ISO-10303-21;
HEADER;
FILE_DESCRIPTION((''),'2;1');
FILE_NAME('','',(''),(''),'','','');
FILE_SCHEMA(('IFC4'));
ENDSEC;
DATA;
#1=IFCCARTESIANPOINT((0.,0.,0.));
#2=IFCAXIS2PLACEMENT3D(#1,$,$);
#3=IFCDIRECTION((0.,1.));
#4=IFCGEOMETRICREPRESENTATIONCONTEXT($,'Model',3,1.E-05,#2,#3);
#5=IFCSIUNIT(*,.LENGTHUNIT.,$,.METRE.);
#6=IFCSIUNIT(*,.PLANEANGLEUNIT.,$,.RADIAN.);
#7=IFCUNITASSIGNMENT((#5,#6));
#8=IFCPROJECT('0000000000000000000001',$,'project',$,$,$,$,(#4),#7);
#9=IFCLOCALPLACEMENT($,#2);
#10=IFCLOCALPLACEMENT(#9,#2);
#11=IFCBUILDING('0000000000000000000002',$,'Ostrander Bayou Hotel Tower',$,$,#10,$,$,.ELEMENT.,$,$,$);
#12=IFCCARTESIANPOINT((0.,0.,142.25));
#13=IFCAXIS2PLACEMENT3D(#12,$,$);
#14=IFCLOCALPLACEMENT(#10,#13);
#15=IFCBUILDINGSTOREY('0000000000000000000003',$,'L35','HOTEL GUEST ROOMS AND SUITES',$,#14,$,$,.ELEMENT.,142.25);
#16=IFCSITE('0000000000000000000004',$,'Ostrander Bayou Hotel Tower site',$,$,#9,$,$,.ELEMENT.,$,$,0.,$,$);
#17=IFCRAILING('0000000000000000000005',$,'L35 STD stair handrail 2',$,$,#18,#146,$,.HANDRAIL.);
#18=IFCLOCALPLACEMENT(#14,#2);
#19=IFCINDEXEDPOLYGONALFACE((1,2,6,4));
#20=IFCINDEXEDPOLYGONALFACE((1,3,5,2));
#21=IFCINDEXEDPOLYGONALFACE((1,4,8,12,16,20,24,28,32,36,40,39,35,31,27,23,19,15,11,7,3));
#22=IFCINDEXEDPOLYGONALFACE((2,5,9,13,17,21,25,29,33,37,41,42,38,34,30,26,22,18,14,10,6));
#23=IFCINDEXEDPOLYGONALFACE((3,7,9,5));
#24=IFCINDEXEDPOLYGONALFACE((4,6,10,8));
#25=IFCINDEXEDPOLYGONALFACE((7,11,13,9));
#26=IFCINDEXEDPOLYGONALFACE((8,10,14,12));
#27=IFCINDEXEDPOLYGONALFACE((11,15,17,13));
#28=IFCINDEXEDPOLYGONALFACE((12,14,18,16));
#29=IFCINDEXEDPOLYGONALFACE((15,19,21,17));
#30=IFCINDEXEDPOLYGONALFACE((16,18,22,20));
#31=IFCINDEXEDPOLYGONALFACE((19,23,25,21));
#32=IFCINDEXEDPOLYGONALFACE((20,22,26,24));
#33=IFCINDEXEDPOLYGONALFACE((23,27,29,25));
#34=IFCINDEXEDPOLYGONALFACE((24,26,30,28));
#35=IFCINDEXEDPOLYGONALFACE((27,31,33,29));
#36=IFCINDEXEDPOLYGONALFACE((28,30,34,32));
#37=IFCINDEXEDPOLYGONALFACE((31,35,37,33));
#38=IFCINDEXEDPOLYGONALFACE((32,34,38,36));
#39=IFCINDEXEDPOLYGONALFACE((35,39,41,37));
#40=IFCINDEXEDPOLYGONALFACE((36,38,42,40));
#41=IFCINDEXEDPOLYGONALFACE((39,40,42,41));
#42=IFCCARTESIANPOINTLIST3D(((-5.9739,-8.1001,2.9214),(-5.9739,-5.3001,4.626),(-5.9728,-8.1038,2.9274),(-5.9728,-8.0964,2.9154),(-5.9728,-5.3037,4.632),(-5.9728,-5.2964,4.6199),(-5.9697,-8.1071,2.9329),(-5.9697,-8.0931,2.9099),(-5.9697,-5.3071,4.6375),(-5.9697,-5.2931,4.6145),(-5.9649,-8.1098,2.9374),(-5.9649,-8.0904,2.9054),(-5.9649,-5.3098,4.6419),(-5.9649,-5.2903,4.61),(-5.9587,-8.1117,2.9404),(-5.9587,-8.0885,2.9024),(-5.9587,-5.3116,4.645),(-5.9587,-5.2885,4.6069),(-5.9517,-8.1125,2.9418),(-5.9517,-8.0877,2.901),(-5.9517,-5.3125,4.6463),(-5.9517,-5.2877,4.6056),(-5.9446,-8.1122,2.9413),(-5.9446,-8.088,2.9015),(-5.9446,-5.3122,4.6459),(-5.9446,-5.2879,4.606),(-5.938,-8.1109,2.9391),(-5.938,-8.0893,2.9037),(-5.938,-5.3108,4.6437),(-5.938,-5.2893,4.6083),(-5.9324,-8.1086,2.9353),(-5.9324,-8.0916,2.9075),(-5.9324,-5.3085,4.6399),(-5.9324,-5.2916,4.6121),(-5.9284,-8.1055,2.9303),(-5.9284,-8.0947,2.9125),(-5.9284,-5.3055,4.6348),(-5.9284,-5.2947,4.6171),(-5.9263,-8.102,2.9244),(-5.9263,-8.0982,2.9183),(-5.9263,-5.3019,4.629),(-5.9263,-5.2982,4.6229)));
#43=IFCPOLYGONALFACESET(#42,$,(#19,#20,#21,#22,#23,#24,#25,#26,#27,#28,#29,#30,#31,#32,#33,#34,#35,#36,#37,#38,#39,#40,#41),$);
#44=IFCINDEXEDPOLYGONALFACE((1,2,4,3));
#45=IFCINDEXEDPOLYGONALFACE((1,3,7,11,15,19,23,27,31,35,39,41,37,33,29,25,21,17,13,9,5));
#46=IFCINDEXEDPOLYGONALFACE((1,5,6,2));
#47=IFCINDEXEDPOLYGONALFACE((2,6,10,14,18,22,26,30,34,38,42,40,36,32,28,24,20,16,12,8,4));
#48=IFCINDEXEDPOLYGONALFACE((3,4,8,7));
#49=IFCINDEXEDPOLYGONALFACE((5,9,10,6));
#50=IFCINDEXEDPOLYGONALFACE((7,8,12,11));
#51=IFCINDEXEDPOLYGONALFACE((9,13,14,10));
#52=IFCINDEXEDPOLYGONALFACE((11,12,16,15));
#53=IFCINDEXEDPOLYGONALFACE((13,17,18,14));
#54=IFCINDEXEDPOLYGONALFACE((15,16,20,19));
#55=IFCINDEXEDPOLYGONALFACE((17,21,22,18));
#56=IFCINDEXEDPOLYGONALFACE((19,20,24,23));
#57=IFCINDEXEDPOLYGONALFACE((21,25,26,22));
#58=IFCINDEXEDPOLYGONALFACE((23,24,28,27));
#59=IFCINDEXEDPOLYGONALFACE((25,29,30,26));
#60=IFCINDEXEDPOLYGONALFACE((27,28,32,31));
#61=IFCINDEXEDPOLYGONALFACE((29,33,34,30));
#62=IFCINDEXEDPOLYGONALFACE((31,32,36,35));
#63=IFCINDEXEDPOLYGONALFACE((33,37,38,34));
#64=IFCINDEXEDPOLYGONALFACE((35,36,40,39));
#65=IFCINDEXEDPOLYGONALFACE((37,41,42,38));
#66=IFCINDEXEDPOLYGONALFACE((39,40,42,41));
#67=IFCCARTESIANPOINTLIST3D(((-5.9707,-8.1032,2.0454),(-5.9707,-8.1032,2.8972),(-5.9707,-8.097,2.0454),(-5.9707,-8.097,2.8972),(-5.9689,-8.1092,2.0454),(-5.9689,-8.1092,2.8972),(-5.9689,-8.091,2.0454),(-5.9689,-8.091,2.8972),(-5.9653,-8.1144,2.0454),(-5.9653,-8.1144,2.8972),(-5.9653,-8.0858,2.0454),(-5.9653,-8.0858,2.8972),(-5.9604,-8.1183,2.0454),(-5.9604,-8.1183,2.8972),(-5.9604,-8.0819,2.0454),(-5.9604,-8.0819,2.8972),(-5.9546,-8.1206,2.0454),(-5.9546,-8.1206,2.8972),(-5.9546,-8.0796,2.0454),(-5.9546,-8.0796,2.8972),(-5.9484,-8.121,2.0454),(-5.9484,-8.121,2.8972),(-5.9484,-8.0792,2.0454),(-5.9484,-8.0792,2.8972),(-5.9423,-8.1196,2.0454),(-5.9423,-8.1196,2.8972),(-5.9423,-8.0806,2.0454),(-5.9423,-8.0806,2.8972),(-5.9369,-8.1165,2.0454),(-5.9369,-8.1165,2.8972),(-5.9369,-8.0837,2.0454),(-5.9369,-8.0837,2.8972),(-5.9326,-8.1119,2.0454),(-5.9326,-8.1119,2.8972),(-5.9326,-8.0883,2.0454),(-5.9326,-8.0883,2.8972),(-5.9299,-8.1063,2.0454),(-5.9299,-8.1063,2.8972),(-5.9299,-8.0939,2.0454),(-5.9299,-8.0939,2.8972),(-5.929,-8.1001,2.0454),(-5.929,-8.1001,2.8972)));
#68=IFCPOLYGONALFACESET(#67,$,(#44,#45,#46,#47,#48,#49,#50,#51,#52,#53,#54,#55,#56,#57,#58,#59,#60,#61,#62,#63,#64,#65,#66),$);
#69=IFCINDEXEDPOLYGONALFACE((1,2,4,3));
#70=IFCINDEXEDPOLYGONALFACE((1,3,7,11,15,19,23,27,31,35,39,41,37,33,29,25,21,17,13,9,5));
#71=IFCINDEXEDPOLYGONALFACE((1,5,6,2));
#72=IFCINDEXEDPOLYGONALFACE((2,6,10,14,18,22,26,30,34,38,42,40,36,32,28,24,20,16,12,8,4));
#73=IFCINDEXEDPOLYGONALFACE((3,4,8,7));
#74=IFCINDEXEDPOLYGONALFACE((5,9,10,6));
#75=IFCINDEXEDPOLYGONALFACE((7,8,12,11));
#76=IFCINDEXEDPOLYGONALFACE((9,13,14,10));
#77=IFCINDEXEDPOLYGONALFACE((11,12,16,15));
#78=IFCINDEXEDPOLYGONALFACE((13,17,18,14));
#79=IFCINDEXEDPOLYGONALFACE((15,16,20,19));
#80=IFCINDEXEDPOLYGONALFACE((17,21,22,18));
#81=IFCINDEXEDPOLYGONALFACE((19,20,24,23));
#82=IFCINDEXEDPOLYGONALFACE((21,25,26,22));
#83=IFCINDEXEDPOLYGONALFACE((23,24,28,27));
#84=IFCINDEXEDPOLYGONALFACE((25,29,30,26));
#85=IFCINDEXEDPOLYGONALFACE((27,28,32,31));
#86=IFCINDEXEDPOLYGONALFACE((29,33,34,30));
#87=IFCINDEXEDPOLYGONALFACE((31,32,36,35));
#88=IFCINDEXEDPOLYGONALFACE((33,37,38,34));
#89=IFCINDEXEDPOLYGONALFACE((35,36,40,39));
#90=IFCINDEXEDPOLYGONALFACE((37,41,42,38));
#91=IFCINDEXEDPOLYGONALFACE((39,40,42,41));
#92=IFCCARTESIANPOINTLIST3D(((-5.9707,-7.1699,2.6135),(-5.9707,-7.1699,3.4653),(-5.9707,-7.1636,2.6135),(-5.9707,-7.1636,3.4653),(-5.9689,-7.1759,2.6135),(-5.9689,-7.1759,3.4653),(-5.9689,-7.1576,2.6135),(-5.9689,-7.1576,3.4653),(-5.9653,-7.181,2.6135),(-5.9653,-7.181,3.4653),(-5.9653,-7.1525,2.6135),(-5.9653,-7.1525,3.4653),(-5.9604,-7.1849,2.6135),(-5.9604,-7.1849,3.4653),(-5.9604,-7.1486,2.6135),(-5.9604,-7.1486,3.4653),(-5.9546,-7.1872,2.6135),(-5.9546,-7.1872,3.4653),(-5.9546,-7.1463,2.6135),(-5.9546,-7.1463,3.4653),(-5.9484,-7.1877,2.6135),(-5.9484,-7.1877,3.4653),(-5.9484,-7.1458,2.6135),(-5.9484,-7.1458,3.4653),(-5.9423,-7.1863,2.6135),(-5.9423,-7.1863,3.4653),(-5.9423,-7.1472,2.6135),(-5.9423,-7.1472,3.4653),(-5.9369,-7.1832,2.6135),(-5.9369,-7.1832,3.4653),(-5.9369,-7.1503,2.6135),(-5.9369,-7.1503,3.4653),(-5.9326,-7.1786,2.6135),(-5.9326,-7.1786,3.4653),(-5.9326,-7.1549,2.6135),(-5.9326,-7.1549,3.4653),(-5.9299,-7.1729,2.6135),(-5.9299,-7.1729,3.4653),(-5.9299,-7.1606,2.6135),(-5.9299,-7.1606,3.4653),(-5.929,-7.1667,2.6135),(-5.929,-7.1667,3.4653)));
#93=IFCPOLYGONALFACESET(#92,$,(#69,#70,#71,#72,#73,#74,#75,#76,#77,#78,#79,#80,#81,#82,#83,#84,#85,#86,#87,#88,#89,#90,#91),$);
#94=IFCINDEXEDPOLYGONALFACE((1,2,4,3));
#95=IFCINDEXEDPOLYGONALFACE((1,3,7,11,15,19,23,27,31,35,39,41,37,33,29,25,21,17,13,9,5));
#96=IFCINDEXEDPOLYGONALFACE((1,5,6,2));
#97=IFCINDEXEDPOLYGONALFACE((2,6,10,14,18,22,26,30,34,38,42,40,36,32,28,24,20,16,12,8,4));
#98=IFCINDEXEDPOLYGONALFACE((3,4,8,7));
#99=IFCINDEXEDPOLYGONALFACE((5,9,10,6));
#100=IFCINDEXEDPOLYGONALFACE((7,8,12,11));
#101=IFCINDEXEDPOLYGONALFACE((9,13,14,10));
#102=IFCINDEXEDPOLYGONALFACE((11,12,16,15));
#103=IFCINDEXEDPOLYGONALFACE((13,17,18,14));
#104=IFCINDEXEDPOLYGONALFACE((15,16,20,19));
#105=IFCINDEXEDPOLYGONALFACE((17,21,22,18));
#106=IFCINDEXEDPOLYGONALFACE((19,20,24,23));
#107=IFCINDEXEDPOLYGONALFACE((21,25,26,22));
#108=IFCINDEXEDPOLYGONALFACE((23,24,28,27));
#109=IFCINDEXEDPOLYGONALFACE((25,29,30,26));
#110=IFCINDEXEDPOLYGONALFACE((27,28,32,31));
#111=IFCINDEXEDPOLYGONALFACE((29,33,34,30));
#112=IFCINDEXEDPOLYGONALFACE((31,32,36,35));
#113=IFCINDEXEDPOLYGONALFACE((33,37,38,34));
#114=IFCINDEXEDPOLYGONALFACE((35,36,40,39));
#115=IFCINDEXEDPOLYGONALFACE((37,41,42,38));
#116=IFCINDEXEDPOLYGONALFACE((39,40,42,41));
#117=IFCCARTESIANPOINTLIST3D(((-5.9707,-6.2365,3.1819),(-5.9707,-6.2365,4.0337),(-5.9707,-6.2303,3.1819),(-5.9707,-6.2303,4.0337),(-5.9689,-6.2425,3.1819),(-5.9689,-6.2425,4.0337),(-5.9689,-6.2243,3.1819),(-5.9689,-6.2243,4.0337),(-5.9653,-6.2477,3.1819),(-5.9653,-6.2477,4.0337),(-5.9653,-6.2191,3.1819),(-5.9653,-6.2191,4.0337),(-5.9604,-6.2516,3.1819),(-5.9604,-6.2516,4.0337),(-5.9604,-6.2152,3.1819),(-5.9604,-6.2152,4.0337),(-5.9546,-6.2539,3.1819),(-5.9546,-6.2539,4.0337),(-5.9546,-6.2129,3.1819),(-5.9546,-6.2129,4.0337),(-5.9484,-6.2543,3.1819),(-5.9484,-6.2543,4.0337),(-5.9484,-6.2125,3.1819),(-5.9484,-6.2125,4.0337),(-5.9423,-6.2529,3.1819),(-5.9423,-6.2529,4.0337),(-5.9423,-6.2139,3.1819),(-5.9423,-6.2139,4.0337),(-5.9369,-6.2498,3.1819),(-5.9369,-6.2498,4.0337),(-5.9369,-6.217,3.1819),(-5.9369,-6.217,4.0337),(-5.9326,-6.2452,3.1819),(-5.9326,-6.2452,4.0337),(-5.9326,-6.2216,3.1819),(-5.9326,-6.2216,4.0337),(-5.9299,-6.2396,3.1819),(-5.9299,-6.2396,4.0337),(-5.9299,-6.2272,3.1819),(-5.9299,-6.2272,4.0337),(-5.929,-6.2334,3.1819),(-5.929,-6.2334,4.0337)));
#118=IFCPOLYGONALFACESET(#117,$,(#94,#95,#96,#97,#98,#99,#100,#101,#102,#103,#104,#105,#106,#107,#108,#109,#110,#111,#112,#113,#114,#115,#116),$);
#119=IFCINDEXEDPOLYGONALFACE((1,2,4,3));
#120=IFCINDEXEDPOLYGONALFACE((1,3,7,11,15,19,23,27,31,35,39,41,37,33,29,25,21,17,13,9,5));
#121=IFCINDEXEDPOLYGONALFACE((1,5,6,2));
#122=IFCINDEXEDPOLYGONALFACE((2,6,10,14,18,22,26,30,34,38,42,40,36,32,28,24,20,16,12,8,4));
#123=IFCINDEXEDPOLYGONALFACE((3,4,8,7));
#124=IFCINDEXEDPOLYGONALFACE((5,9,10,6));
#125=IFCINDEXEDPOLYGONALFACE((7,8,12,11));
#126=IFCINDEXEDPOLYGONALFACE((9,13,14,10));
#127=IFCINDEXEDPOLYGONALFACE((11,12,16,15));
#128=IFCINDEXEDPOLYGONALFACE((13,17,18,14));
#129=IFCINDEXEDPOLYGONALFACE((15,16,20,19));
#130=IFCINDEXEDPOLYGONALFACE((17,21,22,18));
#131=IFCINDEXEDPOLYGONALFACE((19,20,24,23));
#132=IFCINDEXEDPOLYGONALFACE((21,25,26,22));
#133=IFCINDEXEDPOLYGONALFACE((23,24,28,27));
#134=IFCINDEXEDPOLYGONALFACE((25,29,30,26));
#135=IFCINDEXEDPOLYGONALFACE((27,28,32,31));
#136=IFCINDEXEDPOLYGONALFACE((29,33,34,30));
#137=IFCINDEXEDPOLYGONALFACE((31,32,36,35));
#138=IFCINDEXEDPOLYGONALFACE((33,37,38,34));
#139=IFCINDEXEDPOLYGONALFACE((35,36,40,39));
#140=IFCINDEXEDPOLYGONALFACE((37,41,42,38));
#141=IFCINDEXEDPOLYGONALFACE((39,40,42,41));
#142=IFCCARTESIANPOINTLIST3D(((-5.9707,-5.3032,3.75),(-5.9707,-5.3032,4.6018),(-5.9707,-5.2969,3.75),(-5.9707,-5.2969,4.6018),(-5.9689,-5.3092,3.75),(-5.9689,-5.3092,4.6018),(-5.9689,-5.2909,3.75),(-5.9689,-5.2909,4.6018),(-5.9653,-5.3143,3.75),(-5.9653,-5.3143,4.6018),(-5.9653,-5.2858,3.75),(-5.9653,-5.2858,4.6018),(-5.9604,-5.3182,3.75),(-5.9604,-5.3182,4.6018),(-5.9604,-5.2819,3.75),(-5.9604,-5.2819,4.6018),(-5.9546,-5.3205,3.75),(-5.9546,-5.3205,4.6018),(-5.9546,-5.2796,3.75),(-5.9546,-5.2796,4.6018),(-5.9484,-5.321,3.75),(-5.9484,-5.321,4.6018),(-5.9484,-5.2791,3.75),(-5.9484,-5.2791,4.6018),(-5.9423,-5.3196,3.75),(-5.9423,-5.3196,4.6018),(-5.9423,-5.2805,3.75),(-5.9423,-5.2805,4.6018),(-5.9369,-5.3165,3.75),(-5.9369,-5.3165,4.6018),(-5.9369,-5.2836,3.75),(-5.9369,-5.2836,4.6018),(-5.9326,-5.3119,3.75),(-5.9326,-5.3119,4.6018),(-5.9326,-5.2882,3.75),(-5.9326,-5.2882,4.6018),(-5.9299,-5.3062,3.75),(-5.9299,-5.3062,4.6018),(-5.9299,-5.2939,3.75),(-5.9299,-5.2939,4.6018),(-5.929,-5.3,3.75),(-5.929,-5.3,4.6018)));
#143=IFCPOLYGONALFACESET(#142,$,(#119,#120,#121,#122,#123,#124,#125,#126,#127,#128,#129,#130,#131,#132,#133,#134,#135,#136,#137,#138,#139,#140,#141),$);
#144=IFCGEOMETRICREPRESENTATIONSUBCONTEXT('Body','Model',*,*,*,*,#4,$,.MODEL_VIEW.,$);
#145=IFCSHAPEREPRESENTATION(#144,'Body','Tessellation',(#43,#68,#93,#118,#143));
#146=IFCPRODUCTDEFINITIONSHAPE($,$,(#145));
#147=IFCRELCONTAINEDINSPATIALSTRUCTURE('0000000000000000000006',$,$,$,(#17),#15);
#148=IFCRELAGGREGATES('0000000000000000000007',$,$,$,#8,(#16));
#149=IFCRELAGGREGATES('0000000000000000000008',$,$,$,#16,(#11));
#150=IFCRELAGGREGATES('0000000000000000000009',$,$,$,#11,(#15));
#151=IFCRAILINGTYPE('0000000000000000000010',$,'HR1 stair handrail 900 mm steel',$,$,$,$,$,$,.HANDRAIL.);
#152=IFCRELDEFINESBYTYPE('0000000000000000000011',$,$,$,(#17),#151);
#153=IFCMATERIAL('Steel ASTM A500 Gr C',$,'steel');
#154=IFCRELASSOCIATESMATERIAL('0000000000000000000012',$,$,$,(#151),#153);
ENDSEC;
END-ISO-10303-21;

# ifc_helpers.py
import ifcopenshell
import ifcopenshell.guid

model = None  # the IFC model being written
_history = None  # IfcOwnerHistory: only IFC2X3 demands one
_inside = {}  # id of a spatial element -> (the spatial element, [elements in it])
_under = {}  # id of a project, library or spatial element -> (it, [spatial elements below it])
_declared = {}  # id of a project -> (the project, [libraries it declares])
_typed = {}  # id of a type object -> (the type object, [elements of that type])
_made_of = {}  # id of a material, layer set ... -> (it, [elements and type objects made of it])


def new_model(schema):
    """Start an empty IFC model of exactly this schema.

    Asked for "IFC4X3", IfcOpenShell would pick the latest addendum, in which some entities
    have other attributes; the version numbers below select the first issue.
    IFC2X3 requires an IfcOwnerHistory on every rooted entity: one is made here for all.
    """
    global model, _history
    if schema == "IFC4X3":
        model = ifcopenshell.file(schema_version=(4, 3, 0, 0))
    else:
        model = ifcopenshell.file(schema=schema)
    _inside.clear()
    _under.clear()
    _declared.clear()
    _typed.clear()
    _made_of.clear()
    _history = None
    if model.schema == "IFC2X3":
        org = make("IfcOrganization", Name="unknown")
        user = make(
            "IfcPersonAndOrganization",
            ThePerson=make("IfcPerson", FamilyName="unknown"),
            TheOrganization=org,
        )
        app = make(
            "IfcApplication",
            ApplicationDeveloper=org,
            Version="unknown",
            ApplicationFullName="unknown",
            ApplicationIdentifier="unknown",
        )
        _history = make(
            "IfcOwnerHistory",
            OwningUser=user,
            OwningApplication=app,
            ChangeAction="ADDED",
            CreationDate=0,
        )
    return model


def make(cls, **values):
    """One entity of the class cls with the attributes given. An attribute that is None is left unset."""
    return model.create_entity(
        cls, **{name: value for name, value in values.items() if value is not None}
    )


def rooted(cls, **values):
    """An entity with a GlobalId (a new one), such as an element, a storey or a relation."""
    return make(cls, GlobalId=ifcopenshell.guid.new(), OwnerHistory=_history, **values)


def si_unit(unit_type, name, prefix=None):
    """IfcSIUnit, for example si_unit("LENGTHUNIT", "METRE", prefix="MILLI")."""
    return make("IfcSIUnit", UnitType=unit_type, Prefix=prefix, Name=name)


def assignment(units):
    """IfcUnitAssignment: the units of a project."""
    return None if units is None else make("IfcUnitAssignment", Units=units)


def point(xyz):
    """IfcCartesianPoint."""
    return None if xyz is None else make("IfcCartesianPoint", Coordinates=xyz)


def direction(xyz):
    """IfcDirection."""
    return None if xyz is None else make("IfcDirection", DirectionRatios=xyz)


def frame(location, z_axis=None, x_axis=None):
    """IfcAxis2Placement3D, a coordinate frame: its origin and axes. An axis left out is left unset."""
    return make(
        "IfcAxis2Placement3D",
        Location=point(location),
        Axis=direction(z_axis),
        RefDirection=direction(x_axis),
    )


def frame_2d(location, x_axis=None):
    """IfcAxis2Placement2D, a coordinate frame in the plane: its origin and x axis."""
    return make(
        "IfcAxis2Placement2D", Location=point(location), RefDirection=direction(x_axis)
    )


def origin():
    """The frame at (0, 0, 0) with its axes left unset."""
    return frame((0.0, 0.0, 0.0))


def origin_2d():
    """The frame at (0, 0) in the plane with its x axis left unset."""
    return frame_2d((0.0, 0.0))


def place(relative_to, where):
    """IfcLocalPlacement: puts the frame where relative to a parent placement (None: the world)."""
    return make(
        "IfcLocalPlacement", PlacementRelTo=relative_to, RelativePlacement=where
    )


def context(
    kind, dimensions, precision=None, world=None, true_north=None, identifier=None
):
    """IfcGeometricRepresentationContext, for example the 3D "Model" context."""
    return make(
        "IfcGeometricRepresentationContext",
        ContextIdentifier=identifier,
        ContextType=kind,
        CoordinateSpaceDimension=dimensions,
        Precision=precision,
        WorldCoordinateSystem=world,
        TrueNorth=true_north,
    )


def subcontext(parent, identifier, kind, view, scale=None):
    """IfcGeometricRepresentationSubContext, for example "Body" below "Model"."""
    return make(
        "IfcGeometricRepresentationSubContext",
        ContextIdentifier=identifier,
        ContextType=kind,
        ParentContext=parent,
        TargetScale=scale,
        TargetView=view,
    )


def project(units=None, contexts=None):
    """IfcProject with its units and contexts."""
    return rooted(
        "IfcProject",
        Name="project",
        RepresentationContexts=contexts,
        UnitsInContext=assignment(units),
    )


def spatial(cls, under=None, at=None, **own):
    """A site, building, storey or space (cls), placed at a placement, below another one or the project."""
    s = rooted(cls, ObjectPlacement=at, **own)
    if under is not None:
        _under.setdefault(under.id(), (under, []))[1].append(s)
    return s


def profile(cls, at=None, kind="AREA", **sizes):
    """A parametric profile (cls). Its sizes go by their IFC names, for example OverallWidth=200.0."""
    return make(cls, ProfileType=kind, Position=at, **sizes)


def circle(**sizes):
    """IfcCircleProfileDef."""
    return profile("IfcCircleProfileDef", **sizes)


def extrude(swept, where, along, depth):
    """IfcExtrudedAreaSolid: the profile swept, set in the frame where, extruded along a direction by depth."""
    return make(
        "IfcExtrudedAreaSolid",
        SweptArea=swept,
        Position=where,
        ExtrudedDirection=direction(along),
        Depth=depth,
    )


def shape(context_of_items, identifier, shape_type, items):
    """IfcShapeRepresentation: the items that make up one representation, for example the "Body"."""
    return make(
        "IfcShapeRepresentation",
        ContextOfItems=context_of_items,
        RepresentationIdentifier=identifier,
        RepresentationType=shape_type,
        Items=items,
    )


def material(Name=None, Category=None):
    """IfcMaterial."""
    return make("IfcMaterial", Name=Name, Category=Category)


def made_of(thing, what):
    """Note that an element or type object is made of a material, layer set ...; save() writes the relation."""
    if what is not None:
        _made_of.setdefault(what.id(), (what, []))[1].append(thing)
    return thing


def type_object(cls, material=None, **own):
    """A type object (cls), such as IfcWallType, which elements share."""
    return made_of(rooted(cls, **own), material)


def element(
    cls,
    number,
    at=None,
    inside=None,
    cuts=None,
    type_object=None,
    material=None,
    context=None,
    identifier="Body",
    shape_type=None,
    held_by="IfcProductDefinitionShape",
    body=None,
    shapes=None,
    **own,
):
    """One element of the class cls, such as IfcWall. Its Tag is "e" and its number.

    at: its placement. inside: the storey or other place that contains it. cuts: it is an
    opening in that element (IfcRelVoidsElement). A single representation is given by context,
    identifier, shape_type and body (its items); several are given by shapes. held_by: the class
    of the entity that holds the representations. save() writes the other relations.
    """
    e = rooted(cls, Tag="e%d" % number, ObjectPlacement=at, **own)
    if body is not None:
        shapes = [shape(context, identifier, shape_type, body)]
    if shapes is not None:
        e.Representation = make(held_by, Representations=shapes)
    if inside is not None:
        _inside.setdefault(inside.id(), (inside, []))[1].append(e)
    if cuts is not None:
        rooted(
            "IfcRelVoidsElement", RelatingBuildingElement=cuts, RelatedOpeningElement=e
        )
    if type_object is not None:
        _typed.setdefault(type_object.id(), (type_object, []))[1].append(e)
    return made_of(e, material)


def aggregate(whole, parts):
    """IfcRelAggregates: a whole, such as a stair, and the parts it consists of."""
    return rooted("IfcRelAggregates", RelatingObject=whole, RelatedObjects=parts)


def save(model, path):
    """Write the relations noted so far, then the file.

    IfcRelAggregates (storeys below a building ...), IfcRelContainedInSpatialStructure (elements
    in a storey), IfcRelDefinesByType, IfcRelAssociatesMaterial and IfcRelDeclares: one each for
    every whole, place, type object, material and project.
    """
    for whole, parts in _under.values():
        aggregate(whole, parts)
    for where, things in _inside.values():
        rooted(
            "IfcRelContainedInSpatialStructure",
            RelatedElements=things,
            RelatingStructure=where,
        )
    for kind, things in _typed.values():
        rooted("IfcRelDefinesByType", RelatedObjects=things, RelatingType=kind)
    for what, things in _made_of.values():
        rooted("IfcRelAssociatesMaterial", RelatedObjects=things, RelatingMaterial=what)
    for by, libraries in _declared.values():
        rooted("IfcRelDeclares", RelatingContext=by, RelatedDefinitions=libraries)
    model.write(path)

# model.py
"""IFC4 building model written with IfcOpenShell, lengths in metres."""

from ifc_helpers import new_model, si_unit, direction, frame, origin, origin_2d, place, context, subcontext, project, spatial, circle, extrude, material, type_object, element, save


model = new_model("IFC4")

# Units and contexts
model_context = context("Model", 3, precision=1e-05, world=origin(), true_north=direction((0.0, 1.0)))
body_context = subcontext(model_context, "Body", "Model", "MODEL_VIEW")
ifc_project = project(units=[si_unit("LENGTHUNIT", "METRE"), si_unit("PLANEANGLEUNIT", "RADIAN")], contexts=[model_context])

# Site, building, storey
site_placement = place(None, origin())
site = spatial("IfcSite", under=ifc_project, at=site_placement, Name="Ostrander Bayou Hotel Tower site", CompositionType="ELEMENT", RefElevation=0.0)
building_placement = place(site_placement, origin())
building = spatial("IfcBuilding", under=site, at=building_placement, Name="Ostrander Bayou Hotel Tower", CompositionType="ELEMENT")
storey_placement = place(building_placement, frame((0.0, 0.0, 142.25)))
storey = spatial("IfcBuildingStorey", under=building, at=storey_placement, Name="L35", Description="HOTEL GUEST ROOMS AND SUITES", CompositionType="ELEMENT", Elevation=142.25)

# Railing
ifc_material_1 = material(Name="Steel ASTM A500 Gr C", Category="steel")
railing_type_1 = type_object("IfcRailingType", Name="HR1 stair handrail 900 mm steel", PredefinedType="HANDRAIL", material=ifc_material_1)
railing_1_placement = place(storey_placement, frame((-5.95, -8.1001, 2.0454)))
element("IfcRailing", 1, at=railing_1_placement, inside=storey, type_object=railing_type_1, Name="L35 STD stair handrail 2", PredefinedType="HANDRAIL", context=body_context, shape_type="SweptSolid", body=[
    extrude(circle(Radius=0.0239, at=origin_2d()), frame((0.0, 0.0, 0.876), z_axis=(0.0, 0.85417, 0.519994), x_axis=(-1.0, 0.0, 0.0)), (0.0, 0.0, 1.0), 3.2781),
    extrude(circle(Radius=0.021, at=origin_2d()), origin(), (0.0, 0.0, 1.0), 0.8518),
    extrude(circle(Radius=0.021, at=origin_2d()), frame((0.0, 0.9333, 0.5681)), (0.0, 0.0, 1.0), 0.8518),
    extrude(circle(Radius=0.021, at=origin_2d()), frame((0.0, 1.8667, 1.1365)), (0.0, 0.0, 1.0), 0.8518),
    extrude(circle(Radius=0.021, at=origin_2d()), frame((0.0, 2.8, 1.7046)), (0.0, 0.0, 1.0), 0.8518),
])

save(model, "model.ifc")
